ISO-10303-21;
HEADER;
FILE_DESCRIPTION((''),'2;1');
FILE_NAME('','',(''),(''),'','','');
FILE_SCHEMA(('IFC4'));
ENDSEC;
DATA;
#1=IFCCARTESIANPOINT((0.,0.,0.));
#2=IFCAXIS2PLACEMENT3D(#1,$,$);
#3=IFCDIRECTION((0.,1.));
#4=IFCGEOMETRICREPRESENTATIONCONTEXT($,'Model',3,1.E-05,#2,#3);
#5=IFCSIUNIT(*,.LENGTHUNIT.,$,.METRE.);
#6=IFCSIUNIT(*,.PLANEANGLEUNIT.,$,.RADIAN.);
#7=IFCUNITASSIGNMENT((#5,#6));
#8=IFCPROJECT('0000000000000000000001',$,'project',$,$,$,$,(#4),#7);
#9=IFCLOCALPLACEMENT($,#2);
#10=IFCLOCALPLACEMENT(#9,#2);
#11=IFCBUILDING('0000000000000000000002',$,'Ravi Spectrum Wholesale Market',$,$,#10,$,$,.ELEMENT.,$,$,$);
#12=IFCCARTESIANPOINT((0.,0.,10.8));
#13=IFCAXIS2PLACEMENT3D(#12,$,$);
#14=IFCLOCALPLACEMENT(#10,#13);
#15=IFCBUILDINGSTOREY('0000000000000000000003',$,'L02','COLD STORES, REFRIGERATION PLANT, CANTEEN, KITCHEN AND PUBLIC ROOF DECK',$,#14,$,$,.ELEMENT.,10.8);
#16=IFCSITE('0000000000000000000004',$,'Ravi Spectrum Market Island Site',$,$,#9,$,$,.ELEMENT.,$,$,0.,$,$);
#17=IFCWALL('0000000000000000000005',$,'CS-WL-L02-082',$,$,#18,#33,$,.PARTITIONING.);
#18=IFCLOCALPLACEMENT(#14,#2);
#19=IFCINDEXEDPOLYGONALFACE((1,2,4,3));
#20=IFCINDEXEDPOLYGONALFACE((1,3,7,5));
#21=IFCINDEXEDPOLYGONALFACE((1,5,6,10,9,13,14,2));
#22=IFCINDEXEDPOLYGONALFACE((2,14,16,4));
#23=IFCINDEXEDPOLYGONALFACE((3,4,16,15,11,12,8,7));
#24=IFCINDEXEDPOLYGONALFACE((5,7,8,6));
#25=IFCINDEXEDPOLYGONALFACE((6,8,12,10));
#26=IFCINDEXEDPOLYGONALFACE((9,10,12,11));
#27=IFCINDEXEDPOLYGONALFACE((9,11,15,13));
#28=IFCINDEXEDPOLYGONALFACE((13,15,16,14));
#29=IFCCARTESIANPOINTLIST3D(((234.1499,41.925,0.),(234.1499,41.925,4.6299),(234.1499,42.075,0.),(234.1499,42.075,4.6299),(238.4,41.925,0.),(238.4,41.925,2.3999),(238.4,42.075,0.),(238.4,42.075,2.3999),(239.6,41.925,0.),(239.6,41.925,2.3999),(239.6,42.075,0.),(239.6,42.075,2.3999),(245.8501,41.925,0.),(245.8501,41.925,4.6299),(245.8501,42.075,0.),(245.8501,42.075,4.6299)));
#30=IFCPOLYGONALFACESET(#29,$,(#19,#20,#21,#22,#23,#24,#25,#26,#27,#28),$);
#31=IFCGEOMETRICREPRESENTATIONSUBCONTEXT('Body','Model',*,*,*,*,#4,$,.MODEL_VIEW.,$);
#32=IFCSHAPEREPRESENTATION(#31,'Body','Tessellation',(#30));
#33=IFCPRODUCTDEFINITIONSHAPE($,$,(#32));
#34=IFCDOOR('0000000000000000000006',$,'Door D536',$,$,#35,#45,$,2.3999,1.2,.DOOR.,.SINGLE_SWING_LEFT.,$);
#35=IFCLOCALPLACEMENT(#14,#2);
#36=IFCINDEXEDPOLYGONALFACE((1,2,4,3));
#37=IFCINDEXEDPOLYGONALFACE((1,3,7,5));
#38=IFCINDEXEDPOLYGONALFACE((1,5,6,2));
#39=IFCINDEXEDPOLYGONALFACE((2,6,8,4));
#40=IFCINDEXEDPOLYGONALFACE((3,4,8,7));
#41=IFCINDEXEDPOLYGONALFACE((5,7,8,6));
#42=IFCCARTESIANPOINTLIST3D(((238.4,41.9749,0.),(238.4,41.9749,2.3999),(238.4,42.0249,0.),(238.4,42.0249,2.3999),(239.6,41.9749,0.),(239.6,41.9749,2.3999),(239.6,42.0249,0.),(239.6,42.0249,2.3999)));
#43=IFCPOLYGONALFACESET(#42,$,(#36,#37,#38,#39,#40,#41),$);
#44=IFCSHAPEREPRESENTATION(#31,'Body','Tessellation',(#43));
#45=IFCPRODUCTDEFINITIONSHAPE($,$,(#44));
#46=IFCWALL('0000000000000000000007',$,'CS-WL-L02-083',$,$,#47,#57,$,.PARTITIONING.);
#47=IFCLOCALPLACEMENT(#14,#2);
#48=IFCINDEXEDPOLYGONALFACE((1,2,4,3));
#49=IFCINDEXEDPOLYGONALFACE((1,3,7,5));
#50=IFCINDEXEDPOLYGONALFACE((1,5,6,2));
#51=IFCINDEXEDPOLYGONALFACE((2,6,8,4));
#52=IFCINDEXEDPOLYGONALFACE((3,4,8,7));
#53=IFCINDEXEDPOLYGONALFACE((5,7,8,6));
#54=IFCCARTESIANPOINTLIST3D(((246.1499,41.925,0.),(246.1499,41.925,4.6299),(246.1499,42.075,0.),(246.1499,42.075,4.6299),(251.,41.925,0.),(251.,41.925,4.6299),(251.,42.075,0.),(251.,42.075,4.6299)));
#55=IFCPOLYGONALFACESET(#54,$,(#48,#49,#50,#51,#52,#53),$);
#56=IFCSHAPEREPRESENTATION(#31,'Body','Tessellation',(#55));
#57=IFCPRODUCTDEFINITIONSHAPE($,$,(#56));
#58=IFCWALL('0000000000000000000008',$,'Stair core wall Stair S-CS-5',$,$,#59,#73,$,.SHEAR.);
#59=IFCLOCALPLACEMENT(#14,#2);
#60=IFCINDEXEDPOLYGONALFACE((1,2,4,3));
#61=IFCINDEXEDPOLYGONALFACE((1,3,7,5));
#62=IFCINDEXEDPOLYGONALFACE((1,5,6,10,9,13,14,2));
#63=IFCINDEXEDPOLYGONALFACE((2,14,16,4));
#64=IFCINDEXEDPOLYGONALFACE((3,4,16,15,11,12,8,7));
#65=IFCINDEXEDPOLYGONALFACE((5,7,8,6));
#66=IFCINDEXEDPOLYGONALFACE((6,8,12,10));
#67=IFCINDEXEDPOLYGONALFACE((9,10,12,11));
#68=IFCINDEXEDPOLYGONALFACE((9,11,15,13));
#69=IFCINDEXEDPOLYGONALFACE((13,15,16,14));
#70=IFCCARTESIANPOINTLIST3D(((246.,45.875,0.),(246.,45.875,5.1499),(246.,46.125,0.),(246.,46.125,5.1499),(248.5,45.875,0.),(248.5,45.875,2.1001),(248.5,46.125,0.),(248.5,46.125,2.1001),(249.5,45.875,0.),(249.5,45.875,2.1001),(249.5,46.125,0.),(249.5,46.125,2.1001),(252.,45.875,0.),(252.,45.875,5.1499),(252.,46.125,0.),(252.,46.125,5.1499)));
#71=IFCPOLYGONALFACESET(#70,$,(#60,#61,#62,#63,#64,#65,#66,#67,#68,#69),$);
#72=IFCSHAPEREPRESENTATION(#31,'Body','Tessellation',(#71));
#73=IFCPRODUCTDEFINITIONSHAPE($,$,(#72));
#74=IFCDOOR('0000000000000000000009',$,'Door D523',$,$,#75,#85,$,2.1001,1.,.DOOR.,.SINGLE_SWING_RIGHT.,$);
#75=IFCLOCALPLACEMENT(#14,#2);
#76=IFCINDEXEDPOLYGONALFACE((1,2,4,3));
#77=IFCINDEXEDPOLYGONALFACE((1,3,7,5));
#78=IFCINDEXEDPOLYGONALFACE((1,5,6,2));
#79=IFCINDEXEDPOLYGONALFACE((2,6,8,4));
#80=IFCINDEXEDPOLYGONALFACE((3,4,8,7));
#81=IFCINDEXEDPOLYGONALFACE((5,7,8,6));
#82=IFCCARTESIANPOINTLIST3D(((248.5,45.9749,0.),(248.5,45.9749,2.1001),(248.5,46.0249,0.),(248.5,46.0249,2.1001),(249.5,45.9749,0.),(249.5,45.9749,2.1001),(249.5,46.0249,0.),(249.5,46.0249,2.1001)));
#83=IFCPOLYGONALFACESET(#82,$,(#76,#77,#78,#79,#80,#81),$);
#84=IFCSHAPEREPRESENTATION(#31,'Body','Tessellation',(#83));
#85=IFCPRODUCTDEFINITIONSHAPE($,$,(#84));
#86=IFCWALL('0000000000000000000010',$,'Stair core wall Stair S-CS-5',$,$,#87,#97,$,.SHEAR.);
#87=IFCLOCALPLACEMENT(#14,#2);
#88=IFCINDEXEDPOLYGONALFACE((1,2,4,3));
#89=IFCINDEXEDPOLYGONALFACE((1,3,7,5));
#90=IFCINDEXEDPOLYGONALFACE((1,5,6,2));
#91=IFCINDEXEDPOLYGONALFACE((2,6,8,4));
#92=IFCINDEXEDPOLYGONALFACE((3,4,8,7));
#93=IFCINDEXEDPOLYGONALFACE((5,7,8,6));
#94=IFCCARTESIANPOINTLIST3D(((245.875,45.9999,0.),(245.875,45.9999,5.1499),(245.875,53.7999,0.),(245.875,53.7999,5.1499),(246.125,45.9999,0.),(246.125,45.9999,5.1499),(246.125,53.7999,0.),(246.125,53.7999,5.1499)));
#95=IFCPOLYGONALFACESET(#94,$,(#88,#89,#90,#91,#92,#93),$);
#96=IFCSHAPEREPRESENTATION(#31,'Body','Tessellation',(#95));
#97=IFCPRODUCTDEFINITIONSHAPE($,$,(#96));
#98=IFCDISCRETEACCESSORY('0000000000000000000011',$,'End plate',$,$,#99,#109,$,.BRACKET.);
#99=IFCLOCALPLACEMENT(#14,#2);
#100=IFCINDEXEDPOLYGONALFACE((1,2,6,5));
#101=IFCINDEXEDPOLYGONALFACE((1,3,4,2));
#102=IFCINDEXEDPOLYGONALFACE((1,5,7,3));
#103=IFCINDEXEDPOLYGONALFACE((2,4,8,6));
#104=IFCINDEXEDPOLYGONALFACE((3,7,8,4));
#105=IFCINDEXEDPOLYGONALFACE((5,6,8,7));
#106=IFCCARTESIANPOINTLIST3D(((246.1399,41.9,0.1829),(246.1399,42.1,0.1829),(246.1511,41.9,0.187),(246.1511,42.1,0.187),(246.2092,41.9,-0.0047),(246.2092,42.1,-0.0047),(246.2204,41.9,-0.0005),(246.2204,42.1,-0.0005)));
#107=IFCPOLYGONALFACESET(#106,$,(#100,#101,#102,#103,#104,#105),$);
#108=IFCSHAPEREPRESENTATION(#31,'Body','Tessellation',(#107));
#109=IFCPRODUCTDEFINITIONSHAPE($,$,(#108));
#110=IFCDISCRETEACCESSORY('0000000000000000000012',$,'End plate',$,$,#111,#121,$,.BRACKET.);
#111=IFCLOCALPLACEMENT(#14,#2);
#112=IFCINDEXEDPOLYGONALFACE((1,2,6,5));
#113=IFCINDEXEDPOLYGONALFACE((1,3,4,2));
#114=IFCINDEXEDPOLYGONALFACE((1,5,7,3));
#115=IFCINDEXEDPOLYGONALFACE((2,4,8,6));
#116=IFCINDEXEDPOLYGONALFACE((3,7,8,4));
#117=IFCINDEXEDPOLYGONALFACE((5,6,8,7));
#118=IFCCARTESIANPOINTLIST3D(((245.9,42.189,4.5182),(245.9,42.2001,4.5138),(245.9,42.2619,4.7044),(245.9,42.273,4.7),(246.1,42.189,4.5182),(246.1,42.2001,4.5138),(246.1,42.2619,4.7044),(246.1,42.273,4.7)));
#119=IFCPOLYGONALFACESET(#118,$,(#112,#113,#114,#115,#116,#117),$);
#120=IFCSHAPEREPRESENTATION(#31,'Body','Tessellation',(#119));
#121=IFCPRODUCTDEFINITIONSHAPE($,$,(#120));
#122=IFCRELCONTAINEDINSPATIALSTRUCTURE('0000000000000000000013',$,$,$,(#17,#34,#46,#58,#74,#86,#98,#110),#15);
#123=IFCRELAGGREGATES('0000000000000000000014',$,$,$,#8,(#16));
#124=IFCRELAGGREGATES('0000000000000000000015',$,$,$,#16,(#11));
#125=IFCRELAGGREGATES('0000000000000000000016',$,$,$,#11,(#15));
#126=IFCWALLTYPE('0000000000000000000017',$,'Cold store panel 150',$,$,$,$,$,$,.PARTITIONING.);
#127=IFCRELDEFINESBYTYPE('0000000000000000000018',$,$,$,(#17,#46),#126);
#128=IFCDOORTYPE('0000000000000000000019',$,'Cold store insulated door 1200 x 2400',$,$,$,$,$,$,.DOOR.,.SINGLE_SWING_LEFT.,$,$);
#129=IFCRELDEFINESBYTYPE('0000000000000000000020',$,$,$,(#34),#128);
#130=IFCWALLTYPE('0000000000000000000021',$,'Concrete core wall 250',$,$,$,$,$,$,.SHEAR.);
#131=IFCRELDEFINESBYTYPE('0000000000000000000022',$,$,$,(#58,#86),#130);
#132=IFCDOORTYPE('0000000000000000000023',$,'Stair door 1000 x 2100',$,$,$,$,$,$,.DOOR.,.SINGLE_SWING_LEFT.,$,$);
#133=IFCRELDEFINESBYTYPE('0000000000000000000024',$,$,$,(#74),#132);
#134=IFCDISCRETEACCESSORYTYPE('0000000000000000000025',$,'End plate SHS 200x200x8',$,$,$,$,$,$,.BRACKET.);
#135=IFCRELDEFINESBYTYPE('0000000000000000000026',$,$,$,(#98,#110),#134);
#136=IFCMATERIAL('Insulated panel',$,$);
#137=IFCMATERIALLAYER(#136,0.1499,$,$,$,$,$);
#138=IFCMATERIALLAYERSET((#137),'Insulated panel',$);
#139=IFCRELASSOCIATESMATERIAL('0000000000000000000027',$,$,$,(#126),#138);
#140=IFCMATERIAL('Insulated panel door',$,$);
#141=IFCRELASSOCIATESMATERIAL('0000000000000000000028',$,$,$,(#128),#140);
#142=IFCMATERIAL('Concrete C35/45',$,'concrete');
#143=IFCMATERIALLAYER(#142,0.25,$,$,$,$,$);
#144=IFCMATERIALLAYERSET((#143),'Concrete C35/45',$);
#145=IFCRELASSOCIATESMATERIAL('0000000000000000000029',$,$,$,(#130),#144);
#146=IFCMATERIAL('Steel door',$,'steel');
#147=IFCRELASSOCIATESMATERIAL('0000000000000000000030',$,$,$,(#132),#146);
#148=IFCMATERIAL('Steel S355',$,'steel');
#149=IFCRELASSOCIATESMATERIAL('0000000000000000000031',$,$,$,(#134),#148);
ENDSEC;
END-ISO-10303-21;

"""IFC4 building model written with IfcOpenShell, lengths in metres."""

from ifc_helpers import new_model, si_unit, direction, frame, frame_2d, origin, origin_2d, place, context, subcontext, project, spatial, rectangle, extrude, material, layer, layer_set, material_profile, profile_set, type_object, element, fill, save


model = new_model("IFC4")

# Units and contexts
model_context = context("Model", 3, precision=1e-05, world=origin(), true_north=direction((0.0, 1.0)))
body_context = subcontext(model_context, "Body", "Model", "MODEL_VIEW")
ifc_project = project(units=[si_unit("LENGTHUNIT", "METRE"), si_unit("PLANEANGLEUNIT", "RADIAN")], contexts=[model_context])

# Site, building, storey
site_placement = place(None, origin())
site = spatial("IfcSite", under=ifc_project, at=site_placement, Name="Ravi Spectrum Market Island Site", CompositionType="ELEMENT", RefElevation=0.0)
building_placement = place(site_placement, origin())
building = spatial("IfcBuilding", under=site, at=building_placement, Name="Ravi Spectrum Wholesale Market", CompositionType="ELEMENT")
storey_placement = place(building_placement, frame((0.0, 0.0, 10.8)))
storey = spatial("IfcBuildingStorey", under=building, at=storey_placement, Name="L02", Description="COLD STORES, REFRIGERATION PLANT, CANTEEN, KITCHEN AND PUBLIC ROOF DECK", CompositionType="ELEMENT", Elevation=10.8)

# Wall, opening, door
ifc_material_1 = material(Name="Insulated panel")
ifc_layer_1 = layer(ifc_material_1, 0.1499)
ifc_layer_set_1 = layer_set([ifc_layer_1], Name="Insulated panel")
wall_type_1 = type_object("IfcWallType", Name="Cold store panel 150", PredefinedType="PARTITIONING", material=ifc_layer_set_1)
wall_1_placement = place(storey_placement, frame((234.1499, 42.0, 0.0), z_axis=(0.0, 0.0, 1.0), x_axis=(1.0, 0.0, 0.0)))
wall_1 = element("IfcWall", 1, at=wall_1_placement, inside=storey, type_object=wall_type_1, Name="CS-WL-L02-082", PredefinedType="PARTITIONING", context=body_context, shape_type="SweptSolid", body=[
    extrude(rectangle(XDim=11.7002, YDim=0.1499, at=frame_2d((5.8501, 0.0))), origin(), (0.0, 0.0, 1.0), 4.6299),
])
opening_1_placement = place(wall_1_placement, frame((4.25, 0.0, 0.0)))
opening_1 = element("IfcOpeningElement", 2, at=opening_1_placement, cuts=wall_1, PredefinedType="OPENING", context=body_context, shape_type="SweptSolid", body=[
    extrude(rectangle(XDim=1.2, YDim=2.3999, at=frame_2d((0.6001, 1.2))), frame((0.0, 0.085, 0.0), z_axis=(0.0, -1.0, 0.0), x_axis=(1.0, 0.0, 0.0)), (0.0, 0.0, 1.0), 0.1699),
])
ifc_material_2 = material(Name="Insulated panel door")
door_type_1 = type_object("IfcDoorType", Name="Cold store insulated door 1200 x 2400", OperationType="SINGLE_SWING_LEFT", PredefinedType="DOOR", material=ifc_material_2)
door_1_placement = place(opening_1_placement, origin())
door_1 = element("IfcDoor", 3, at=door_1_placement, inside=storey, type_object=door_type_1, Name="Door D536", OperationType="SINGLE_SWING_LEFT", OverallHeight=2.3999, OverallWidth=1.2, PredefinedType="DOOR", context=body_context, shape_type="SweptSolid", body=[
    extrude(rectangle(XDim=1.2, YDim=2.3999, at=frame_2d((0.6001, 1.2))), frame((0.0, 0.0249, 0.0), z_axis=(0.0, -1.0, 0.0), x_axis=(1.0, 0.0, 0.0)), (0.0, 0.0, 1.0), 0.05),
])
fill(opening_1, door_1)

# Wall
wall_2_placement = place(storey_placement, frame((246.1499, 42.0, 0.0), z_axis=(0.0, 0.0, 1.0), x_axis=(1.0, 0.0, 0.0)))
element("IfcWall", 4, at=wall_2_placement, inside=storey, type_object=wall_type_1, Name="CS-WL-L02-083", PredefinedType="PARTITIONING", context=body_context, shape_type="SweptSolid", body=[
    extrude(rectangle(XDim=4.8501, YDim=0.1499, at=frame_2d((2.425, 0.0))), origin(), (0.0, 0.0, 1.0), 4.6299),
])

# Wall, opening, door
ifc_material_3 = material(Name="Concrete C35/45", Category="concrete")
ifc_layer_2 = layer(ifc_material_3, 0.25)
ifc_layer_set_2 = layer_set([ifc_layer_2], Name="Concrete C35/45")
wall_type_2 = type_object("IfcWallType", Name="Concrete core wall 250", PredefinedType="SHEAR", material=ifc_layer_set_2)
wall_3_placement = place(storey_placement, frame((246.0, 46.0, 0.0), z_axis=(0.0, 0.0, 1.0), x_axis=(1.0, 0.0, 0.0)))
wall_3 = element("IfcWall", 5, at=wall_3_placement, inside=storey, type_object=wall_type_2, Name="Stair core wall Stair S-CS-5", PredefinedType="SHEAR", context=body_context, shape_type="SweptSolid", body=[
    extrude(rectangle(XDim=6.0, YDim=0.25, at=frame_2d((3.0, 0.0))), origin(), (0.0, 0.0, 1.0), 5.1499),
])
opening_2_placement = place(wall_3_placement, frame((2.5, 0.0, 0.0)))
opening_2 = element("IfcOpeningElement", 6, at=opening_2_placement, cuts=wall_3, PredefinedType="OPENING", context=body_context, shape_type="SweptSolid", body=[
    extrude(rectangle(XDim=1.0, YDim=2.1001, at=frame_2d((0.5, 1.05))), frame((0.0, 0.135, 0.0), z_axis=(0.0, -1.0, 0.0), x_axis=(1.0, 0.0, 0.0)), (0.0, 0.0, 1.0), 0.27),
])
ifc_material_4 = material(Name="Steel door", Category="steel")
door_type_2 = type_object("IfcDoorType", Name="Stair door 1000 x 2100", OperationType="SINGLE_SWING_LEFT", PredefinedType="DOOR", material=ifc_material_4)
door_2_placement = place(opening_2_placement, origin())
door_2 = element("IfcDoor", 7, at=door_2_placement, inside=storey, type_object=door_type_2, Name="Door D523", OperationType="SINGLE_SWING_RIGHT", OverallHeight=2.1001, OverallWidth=1.0, PredefinedType="DOOR", context=body_context, shape_type="SweptSolid", body=[
    extrude(rectangle(XDim=1.0, YDim=2.1001, at=frame_2d((0.5, 1.05))), frame((0.0, 0.0249, 0.0), z_axis=(0.0, -1.0, 0.0), x_axis=(1.0, 0.0, 0.0)), (0.0, 0.0, 1.0), 0.05),
])
fill(opening_2, door_2)

# Wall
wall_4_placement = place(storey_placement, frame((246.0, 46.0, 0.0), z_axis=(0.0, 0.0, 1.0), x_axis=(0.0, 1.0, 0.0)))
element("IfcWall", 8, at=wall_4_placement, inside=storey, type_object=wall_type_2, Name="Stair core wall Stair S-CS-5", PredefinedType="SHEAR", context=body_context, shape_type="SweptSolid", body=[
    extrude(rectangle(XDim=7.8, YDim=0.25, at=frame_2d((3.8999, 0.0))), origin(), (0.0, 0.0, 1.0), 5.1499),
])

# Discrete accessories
ifc_material_5 = material(Name="Steel S355", Category="steel")
ifc_material_profile_1 = material_profile(ifc_material_5, rectangle(XDim=0.2, YDim=0.2, at=origin_2d()))
ifc_profile_set_1 = profile_set([ifc_material_profile_1], Name="Steel S355")
discrete_accessory_type = type_object("IfcDiscreteAccessoryType", Name="End plate SHS 200x200x8", PredefinedType="BRACKET", material=ifc_profile_set_1)
for number, where, z_axis, x_axis, name in (
    (9, (246.1858, 42.0, 0.0933), (-0.937994, 0.0, -0.34665), (0.0, -1.0, 0.0), "End plate"),
    (10, (246.0, 42.2366, 4.6069), (0.0, -0.931243, 0.364399), (1.0, 0.0, 0.0), "End plate"),
):
    element("IfcDiscreteAccessory", number, at=place(storey_placement, frame(where, z_axis=z_axis, x_axis=x_axis)), inside=storey, type_object=discrete_accessory_type, Name=name, PredefinedType="BRACKET", context=body_context, shape_type="SweptSolid", body=[
        extrude(rectangle(XDim=0.2, YDim=0.2, at=origin_2d()), origin(), (0.0, 0.0, 1.0), 0.012),
    ])

save(model, "model.ifc")
